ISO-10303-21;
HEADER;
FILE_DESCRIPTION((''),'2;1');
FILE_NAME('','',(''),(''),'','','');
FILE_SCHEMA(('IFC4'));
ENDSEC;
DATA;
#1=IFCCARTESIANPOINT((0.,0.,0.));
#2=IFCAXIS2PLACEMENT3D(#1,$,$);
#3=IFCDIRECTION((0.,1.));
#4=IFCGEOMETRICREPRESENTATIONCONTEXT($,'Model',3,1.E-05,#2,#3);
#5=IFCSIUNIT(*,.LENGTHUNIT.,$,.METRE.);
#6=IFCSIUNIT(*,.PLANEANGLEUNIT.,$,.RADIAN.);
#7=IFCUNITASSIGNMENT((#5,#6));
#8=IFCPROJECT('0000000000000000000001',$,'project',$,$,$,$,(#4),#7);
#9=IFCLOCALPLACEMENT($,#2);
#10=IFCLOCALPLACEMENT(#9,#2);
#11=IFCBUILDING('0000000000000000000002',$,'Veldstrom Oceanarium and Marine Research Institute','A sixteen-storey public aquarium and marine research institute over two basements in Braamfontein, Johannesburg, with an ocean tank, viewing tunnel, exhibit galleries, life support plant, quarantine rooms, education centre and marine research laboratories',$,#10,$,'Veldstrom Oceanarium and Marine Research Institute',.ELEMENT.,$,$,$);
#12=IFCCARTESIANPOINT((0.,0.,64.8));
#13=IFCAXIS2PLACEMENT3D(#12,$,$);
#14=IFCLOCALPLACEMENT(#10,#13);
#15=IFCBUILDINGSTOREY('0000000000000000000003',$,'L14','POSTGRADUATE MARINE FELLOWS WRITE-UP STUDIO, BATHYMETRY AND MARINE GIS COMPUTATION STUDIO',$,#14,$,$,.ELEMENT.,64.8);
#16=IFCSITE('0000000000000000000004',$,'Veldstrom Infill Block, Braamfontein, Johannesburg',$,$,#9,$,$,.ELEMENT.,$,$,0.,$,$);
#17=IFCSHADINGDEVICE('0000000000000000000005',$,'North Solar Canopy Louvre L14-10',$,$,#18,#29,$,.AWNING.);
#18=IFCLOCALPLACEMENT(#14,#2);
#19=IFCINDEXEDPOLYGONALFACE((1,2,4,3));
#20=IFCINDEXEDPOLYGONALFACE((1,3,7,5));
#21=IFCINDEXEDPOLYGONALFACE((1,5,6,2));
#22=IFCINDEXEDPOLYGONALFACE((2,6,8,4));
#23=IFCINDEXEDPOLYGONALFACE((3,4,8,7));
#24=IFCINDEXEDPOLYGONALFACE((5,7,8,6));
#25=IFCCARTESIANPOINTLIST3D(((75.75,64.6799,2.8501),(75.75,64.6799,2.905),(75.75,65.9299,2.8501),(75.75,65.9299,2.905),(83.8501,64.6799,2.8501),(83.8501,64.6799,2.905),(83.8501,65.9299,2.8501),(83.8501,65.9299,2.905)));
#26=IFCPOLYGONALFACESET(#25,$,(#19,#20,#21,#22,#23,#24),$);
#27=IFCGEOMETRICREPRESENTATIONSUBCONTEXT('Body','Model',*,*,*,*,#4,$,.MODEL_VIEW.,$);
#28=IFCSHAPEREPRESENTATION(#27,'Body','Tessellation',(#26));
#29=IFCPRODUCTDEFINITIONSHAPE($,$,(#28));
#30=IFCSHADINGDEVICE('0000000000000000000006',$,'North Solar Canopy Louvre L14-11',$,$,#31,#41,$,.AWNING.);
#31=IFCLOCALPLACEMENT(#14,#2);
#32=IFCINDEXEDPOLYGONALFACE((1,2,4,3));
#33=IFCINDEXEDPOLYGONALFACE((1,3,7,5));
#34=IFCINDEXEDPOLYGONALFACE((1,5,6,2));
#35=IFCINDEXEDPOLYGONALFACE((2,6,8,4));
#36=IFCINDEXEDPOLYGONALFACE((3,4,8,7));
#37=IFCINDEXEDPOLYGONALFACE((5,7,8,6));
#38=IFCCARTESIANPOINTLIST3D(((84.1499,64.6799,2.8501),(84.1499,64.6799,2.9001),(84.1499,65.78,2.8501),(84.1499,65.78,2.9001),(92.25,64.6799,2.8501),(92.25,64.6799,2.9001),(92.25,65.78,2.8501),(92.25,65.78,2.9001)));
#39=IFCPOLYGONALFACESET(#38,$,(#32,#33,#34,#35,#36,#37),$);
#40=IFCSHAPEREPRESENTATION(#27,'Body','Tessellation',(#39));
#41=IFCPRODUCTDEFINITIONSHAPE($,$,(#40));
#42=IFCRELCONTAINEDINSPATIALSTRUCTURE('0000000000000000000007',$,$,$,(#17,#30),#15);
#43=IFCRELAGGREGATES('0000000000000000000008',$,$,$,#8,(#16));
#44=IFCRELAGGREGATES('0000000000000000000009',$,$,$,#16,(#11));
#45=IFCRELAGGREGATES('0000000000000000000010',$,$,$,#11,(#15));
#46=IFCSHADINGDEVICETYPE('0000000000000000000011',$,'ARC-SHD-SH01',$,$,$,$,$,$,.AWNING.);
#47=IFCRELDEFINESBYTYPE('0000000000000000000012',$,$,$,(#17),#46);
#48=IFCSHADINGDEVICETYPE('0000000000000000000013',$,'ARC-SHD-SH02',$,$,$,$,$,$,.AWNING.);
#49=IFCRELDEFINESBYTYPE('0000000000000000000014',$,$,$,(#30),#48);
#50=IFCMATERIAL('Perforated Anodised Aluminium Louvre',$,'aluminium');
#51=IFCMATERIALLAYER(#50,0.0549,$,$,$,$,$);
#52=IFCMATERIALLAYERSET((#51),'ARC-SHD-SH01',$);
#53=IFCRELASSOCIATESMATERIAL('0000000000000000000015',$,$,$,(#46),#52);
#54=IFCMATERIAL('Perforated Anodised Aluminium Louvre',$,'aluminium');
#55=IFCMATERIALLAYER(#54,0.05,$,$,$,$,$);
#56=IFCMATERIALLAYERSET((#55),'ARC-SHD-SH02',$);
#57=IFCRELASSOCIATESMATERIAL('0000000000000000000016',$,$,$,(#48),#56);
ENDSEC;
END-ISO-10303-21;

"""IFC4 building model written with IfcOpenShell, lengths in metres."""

from ifc_helpers import new_model, si_unit, direction, frame, origin, origin_2d, place, context, subcontext, project, spatial, rectangle, extrude, material, layer, layer_set, type_object, element, save


model = new_model("IFC4")

# Units and contexts
model_context = context("Model", 3, precision=1e-05, world=origin(), true_north=direction((0.0, 1.0)))
body_context = subcontext(model_context, "Body", "Model", "MODEL_VIEW")
ifc_project = project(units=[si_unit("LENGTHUNIT", "METRE"), si_unit("PLANEANGLEUNIT", "RADIAN")], contexts=[model_context])

# Site, building, storey
site_placement = place(None, origin())
site = spatial("IfcSite", under=ifc_project, at=site_placement, Name="Veldstrom Infill Block, Braamfontein, Johannesburg", CompositionType="ELEMENT", RefElevation=0.0)
building_placement = place(site_placement, origin())
building = spatial("IfcBuilding", under=site, at=building_placement, Name="Veldstrom Oceanarium and Marine Research Institute", Description="A sixteen-storey public aquarium and marine research institute over two basements in Braamfontein, Johannesburg, with an ocean tank, viewing tunnel, exhibit galleries, life support plant, quarantine rooms, education centre and marine research laboratories", LongName="Veldstrom Oceanarium and Marine Research Institute", CompositionType="ELEMENT")
storey_placement = place(building_placement, frame((0.0, 0.0, 64.8)))
storey = spatial("IfcBuildingStorey", under=building, at=storey_placement, Name="L14", Description="POSTGRADUATE MARINE FELLOWS WRITE-UP STUDIO, BATHYMETRY AND MARINE GIS COMPUTATION STUDIO", CompositionType="ELEMENT", Elevation=64.8)

# Shading devices
ifc_material_1 = material(Name="Perforated Anodised Aluminium Louvre", Category="aluminium")
ifc_layer_1 = layer(ifc_material_1, 0.0549)
ifc_layer_set_1 = layer_set([ifc_layer_1], Name="ARC-SHD-SH01")
shading_device_type_1 = type_object("IfcShadingDeviceType", Name="ARC-SHD-SH01", PredefinedType="AWNING", material=ifc_layer_set_1)
shading_device_1_placement = place(storey_placement, frame((79.8, 65.3049, 2.8501), z_axis=(0.0, 0.0, 1.0), x_axis=(1.0, 0.0, 0.0)))
element("IfcShadingDevice", 1, at=shading_device_1_placement, inside=storey, type_object=shading_device_type_1, Name="North Solar Canopy Louvre L14-10", PredefinedType="AWNING", context=body_context, shape_type="SweptSolid", body=[
    extrude(rectangle(XDim=8.1001, YDim=1.25, at=origin_2d()), origin(), (0.0, 0.0, 1.0), 0.0549),
])
ifc_material_2 = material(Name="Perforated Anodised Aluminium Louvre", Category="aluminium")
ifc_layer_2 = layer(ifc_material_2, 0.05)
ifc_layer_set_2 = layer_set([ifc_layer_2], Name="ARC-SHD-SH02")
shading_device_type_2 = type_object("IfcShadingDeviceType", Name="ARC-SHD-SH02", PredefinedType="AWNING", material=ifc_layer_set_2)
shading_device_2_placement = place(storey_placement, frame((88.2, 65.23, 2.8501), z_axis=(0.0, 0.0, 1.0), x_axis=(1.0, 0.0, 0.0)))
element("IfcShadingDevice", 2, at=shading_device_2_placement, inside=storey, type_object=shading_device_type_2, Name="North Solar Canopy Louvre L14-11", PredefinedType="AWNING", context=body_context, shape_type="SweptSolid", body=[
    extrude(rectangle(XDim=8.1001, YDim=1.1001, at=origin_2d()), origin(), (0.0, 0.0, 1.0), 0.05),
])

save(model, "model.ifc")
